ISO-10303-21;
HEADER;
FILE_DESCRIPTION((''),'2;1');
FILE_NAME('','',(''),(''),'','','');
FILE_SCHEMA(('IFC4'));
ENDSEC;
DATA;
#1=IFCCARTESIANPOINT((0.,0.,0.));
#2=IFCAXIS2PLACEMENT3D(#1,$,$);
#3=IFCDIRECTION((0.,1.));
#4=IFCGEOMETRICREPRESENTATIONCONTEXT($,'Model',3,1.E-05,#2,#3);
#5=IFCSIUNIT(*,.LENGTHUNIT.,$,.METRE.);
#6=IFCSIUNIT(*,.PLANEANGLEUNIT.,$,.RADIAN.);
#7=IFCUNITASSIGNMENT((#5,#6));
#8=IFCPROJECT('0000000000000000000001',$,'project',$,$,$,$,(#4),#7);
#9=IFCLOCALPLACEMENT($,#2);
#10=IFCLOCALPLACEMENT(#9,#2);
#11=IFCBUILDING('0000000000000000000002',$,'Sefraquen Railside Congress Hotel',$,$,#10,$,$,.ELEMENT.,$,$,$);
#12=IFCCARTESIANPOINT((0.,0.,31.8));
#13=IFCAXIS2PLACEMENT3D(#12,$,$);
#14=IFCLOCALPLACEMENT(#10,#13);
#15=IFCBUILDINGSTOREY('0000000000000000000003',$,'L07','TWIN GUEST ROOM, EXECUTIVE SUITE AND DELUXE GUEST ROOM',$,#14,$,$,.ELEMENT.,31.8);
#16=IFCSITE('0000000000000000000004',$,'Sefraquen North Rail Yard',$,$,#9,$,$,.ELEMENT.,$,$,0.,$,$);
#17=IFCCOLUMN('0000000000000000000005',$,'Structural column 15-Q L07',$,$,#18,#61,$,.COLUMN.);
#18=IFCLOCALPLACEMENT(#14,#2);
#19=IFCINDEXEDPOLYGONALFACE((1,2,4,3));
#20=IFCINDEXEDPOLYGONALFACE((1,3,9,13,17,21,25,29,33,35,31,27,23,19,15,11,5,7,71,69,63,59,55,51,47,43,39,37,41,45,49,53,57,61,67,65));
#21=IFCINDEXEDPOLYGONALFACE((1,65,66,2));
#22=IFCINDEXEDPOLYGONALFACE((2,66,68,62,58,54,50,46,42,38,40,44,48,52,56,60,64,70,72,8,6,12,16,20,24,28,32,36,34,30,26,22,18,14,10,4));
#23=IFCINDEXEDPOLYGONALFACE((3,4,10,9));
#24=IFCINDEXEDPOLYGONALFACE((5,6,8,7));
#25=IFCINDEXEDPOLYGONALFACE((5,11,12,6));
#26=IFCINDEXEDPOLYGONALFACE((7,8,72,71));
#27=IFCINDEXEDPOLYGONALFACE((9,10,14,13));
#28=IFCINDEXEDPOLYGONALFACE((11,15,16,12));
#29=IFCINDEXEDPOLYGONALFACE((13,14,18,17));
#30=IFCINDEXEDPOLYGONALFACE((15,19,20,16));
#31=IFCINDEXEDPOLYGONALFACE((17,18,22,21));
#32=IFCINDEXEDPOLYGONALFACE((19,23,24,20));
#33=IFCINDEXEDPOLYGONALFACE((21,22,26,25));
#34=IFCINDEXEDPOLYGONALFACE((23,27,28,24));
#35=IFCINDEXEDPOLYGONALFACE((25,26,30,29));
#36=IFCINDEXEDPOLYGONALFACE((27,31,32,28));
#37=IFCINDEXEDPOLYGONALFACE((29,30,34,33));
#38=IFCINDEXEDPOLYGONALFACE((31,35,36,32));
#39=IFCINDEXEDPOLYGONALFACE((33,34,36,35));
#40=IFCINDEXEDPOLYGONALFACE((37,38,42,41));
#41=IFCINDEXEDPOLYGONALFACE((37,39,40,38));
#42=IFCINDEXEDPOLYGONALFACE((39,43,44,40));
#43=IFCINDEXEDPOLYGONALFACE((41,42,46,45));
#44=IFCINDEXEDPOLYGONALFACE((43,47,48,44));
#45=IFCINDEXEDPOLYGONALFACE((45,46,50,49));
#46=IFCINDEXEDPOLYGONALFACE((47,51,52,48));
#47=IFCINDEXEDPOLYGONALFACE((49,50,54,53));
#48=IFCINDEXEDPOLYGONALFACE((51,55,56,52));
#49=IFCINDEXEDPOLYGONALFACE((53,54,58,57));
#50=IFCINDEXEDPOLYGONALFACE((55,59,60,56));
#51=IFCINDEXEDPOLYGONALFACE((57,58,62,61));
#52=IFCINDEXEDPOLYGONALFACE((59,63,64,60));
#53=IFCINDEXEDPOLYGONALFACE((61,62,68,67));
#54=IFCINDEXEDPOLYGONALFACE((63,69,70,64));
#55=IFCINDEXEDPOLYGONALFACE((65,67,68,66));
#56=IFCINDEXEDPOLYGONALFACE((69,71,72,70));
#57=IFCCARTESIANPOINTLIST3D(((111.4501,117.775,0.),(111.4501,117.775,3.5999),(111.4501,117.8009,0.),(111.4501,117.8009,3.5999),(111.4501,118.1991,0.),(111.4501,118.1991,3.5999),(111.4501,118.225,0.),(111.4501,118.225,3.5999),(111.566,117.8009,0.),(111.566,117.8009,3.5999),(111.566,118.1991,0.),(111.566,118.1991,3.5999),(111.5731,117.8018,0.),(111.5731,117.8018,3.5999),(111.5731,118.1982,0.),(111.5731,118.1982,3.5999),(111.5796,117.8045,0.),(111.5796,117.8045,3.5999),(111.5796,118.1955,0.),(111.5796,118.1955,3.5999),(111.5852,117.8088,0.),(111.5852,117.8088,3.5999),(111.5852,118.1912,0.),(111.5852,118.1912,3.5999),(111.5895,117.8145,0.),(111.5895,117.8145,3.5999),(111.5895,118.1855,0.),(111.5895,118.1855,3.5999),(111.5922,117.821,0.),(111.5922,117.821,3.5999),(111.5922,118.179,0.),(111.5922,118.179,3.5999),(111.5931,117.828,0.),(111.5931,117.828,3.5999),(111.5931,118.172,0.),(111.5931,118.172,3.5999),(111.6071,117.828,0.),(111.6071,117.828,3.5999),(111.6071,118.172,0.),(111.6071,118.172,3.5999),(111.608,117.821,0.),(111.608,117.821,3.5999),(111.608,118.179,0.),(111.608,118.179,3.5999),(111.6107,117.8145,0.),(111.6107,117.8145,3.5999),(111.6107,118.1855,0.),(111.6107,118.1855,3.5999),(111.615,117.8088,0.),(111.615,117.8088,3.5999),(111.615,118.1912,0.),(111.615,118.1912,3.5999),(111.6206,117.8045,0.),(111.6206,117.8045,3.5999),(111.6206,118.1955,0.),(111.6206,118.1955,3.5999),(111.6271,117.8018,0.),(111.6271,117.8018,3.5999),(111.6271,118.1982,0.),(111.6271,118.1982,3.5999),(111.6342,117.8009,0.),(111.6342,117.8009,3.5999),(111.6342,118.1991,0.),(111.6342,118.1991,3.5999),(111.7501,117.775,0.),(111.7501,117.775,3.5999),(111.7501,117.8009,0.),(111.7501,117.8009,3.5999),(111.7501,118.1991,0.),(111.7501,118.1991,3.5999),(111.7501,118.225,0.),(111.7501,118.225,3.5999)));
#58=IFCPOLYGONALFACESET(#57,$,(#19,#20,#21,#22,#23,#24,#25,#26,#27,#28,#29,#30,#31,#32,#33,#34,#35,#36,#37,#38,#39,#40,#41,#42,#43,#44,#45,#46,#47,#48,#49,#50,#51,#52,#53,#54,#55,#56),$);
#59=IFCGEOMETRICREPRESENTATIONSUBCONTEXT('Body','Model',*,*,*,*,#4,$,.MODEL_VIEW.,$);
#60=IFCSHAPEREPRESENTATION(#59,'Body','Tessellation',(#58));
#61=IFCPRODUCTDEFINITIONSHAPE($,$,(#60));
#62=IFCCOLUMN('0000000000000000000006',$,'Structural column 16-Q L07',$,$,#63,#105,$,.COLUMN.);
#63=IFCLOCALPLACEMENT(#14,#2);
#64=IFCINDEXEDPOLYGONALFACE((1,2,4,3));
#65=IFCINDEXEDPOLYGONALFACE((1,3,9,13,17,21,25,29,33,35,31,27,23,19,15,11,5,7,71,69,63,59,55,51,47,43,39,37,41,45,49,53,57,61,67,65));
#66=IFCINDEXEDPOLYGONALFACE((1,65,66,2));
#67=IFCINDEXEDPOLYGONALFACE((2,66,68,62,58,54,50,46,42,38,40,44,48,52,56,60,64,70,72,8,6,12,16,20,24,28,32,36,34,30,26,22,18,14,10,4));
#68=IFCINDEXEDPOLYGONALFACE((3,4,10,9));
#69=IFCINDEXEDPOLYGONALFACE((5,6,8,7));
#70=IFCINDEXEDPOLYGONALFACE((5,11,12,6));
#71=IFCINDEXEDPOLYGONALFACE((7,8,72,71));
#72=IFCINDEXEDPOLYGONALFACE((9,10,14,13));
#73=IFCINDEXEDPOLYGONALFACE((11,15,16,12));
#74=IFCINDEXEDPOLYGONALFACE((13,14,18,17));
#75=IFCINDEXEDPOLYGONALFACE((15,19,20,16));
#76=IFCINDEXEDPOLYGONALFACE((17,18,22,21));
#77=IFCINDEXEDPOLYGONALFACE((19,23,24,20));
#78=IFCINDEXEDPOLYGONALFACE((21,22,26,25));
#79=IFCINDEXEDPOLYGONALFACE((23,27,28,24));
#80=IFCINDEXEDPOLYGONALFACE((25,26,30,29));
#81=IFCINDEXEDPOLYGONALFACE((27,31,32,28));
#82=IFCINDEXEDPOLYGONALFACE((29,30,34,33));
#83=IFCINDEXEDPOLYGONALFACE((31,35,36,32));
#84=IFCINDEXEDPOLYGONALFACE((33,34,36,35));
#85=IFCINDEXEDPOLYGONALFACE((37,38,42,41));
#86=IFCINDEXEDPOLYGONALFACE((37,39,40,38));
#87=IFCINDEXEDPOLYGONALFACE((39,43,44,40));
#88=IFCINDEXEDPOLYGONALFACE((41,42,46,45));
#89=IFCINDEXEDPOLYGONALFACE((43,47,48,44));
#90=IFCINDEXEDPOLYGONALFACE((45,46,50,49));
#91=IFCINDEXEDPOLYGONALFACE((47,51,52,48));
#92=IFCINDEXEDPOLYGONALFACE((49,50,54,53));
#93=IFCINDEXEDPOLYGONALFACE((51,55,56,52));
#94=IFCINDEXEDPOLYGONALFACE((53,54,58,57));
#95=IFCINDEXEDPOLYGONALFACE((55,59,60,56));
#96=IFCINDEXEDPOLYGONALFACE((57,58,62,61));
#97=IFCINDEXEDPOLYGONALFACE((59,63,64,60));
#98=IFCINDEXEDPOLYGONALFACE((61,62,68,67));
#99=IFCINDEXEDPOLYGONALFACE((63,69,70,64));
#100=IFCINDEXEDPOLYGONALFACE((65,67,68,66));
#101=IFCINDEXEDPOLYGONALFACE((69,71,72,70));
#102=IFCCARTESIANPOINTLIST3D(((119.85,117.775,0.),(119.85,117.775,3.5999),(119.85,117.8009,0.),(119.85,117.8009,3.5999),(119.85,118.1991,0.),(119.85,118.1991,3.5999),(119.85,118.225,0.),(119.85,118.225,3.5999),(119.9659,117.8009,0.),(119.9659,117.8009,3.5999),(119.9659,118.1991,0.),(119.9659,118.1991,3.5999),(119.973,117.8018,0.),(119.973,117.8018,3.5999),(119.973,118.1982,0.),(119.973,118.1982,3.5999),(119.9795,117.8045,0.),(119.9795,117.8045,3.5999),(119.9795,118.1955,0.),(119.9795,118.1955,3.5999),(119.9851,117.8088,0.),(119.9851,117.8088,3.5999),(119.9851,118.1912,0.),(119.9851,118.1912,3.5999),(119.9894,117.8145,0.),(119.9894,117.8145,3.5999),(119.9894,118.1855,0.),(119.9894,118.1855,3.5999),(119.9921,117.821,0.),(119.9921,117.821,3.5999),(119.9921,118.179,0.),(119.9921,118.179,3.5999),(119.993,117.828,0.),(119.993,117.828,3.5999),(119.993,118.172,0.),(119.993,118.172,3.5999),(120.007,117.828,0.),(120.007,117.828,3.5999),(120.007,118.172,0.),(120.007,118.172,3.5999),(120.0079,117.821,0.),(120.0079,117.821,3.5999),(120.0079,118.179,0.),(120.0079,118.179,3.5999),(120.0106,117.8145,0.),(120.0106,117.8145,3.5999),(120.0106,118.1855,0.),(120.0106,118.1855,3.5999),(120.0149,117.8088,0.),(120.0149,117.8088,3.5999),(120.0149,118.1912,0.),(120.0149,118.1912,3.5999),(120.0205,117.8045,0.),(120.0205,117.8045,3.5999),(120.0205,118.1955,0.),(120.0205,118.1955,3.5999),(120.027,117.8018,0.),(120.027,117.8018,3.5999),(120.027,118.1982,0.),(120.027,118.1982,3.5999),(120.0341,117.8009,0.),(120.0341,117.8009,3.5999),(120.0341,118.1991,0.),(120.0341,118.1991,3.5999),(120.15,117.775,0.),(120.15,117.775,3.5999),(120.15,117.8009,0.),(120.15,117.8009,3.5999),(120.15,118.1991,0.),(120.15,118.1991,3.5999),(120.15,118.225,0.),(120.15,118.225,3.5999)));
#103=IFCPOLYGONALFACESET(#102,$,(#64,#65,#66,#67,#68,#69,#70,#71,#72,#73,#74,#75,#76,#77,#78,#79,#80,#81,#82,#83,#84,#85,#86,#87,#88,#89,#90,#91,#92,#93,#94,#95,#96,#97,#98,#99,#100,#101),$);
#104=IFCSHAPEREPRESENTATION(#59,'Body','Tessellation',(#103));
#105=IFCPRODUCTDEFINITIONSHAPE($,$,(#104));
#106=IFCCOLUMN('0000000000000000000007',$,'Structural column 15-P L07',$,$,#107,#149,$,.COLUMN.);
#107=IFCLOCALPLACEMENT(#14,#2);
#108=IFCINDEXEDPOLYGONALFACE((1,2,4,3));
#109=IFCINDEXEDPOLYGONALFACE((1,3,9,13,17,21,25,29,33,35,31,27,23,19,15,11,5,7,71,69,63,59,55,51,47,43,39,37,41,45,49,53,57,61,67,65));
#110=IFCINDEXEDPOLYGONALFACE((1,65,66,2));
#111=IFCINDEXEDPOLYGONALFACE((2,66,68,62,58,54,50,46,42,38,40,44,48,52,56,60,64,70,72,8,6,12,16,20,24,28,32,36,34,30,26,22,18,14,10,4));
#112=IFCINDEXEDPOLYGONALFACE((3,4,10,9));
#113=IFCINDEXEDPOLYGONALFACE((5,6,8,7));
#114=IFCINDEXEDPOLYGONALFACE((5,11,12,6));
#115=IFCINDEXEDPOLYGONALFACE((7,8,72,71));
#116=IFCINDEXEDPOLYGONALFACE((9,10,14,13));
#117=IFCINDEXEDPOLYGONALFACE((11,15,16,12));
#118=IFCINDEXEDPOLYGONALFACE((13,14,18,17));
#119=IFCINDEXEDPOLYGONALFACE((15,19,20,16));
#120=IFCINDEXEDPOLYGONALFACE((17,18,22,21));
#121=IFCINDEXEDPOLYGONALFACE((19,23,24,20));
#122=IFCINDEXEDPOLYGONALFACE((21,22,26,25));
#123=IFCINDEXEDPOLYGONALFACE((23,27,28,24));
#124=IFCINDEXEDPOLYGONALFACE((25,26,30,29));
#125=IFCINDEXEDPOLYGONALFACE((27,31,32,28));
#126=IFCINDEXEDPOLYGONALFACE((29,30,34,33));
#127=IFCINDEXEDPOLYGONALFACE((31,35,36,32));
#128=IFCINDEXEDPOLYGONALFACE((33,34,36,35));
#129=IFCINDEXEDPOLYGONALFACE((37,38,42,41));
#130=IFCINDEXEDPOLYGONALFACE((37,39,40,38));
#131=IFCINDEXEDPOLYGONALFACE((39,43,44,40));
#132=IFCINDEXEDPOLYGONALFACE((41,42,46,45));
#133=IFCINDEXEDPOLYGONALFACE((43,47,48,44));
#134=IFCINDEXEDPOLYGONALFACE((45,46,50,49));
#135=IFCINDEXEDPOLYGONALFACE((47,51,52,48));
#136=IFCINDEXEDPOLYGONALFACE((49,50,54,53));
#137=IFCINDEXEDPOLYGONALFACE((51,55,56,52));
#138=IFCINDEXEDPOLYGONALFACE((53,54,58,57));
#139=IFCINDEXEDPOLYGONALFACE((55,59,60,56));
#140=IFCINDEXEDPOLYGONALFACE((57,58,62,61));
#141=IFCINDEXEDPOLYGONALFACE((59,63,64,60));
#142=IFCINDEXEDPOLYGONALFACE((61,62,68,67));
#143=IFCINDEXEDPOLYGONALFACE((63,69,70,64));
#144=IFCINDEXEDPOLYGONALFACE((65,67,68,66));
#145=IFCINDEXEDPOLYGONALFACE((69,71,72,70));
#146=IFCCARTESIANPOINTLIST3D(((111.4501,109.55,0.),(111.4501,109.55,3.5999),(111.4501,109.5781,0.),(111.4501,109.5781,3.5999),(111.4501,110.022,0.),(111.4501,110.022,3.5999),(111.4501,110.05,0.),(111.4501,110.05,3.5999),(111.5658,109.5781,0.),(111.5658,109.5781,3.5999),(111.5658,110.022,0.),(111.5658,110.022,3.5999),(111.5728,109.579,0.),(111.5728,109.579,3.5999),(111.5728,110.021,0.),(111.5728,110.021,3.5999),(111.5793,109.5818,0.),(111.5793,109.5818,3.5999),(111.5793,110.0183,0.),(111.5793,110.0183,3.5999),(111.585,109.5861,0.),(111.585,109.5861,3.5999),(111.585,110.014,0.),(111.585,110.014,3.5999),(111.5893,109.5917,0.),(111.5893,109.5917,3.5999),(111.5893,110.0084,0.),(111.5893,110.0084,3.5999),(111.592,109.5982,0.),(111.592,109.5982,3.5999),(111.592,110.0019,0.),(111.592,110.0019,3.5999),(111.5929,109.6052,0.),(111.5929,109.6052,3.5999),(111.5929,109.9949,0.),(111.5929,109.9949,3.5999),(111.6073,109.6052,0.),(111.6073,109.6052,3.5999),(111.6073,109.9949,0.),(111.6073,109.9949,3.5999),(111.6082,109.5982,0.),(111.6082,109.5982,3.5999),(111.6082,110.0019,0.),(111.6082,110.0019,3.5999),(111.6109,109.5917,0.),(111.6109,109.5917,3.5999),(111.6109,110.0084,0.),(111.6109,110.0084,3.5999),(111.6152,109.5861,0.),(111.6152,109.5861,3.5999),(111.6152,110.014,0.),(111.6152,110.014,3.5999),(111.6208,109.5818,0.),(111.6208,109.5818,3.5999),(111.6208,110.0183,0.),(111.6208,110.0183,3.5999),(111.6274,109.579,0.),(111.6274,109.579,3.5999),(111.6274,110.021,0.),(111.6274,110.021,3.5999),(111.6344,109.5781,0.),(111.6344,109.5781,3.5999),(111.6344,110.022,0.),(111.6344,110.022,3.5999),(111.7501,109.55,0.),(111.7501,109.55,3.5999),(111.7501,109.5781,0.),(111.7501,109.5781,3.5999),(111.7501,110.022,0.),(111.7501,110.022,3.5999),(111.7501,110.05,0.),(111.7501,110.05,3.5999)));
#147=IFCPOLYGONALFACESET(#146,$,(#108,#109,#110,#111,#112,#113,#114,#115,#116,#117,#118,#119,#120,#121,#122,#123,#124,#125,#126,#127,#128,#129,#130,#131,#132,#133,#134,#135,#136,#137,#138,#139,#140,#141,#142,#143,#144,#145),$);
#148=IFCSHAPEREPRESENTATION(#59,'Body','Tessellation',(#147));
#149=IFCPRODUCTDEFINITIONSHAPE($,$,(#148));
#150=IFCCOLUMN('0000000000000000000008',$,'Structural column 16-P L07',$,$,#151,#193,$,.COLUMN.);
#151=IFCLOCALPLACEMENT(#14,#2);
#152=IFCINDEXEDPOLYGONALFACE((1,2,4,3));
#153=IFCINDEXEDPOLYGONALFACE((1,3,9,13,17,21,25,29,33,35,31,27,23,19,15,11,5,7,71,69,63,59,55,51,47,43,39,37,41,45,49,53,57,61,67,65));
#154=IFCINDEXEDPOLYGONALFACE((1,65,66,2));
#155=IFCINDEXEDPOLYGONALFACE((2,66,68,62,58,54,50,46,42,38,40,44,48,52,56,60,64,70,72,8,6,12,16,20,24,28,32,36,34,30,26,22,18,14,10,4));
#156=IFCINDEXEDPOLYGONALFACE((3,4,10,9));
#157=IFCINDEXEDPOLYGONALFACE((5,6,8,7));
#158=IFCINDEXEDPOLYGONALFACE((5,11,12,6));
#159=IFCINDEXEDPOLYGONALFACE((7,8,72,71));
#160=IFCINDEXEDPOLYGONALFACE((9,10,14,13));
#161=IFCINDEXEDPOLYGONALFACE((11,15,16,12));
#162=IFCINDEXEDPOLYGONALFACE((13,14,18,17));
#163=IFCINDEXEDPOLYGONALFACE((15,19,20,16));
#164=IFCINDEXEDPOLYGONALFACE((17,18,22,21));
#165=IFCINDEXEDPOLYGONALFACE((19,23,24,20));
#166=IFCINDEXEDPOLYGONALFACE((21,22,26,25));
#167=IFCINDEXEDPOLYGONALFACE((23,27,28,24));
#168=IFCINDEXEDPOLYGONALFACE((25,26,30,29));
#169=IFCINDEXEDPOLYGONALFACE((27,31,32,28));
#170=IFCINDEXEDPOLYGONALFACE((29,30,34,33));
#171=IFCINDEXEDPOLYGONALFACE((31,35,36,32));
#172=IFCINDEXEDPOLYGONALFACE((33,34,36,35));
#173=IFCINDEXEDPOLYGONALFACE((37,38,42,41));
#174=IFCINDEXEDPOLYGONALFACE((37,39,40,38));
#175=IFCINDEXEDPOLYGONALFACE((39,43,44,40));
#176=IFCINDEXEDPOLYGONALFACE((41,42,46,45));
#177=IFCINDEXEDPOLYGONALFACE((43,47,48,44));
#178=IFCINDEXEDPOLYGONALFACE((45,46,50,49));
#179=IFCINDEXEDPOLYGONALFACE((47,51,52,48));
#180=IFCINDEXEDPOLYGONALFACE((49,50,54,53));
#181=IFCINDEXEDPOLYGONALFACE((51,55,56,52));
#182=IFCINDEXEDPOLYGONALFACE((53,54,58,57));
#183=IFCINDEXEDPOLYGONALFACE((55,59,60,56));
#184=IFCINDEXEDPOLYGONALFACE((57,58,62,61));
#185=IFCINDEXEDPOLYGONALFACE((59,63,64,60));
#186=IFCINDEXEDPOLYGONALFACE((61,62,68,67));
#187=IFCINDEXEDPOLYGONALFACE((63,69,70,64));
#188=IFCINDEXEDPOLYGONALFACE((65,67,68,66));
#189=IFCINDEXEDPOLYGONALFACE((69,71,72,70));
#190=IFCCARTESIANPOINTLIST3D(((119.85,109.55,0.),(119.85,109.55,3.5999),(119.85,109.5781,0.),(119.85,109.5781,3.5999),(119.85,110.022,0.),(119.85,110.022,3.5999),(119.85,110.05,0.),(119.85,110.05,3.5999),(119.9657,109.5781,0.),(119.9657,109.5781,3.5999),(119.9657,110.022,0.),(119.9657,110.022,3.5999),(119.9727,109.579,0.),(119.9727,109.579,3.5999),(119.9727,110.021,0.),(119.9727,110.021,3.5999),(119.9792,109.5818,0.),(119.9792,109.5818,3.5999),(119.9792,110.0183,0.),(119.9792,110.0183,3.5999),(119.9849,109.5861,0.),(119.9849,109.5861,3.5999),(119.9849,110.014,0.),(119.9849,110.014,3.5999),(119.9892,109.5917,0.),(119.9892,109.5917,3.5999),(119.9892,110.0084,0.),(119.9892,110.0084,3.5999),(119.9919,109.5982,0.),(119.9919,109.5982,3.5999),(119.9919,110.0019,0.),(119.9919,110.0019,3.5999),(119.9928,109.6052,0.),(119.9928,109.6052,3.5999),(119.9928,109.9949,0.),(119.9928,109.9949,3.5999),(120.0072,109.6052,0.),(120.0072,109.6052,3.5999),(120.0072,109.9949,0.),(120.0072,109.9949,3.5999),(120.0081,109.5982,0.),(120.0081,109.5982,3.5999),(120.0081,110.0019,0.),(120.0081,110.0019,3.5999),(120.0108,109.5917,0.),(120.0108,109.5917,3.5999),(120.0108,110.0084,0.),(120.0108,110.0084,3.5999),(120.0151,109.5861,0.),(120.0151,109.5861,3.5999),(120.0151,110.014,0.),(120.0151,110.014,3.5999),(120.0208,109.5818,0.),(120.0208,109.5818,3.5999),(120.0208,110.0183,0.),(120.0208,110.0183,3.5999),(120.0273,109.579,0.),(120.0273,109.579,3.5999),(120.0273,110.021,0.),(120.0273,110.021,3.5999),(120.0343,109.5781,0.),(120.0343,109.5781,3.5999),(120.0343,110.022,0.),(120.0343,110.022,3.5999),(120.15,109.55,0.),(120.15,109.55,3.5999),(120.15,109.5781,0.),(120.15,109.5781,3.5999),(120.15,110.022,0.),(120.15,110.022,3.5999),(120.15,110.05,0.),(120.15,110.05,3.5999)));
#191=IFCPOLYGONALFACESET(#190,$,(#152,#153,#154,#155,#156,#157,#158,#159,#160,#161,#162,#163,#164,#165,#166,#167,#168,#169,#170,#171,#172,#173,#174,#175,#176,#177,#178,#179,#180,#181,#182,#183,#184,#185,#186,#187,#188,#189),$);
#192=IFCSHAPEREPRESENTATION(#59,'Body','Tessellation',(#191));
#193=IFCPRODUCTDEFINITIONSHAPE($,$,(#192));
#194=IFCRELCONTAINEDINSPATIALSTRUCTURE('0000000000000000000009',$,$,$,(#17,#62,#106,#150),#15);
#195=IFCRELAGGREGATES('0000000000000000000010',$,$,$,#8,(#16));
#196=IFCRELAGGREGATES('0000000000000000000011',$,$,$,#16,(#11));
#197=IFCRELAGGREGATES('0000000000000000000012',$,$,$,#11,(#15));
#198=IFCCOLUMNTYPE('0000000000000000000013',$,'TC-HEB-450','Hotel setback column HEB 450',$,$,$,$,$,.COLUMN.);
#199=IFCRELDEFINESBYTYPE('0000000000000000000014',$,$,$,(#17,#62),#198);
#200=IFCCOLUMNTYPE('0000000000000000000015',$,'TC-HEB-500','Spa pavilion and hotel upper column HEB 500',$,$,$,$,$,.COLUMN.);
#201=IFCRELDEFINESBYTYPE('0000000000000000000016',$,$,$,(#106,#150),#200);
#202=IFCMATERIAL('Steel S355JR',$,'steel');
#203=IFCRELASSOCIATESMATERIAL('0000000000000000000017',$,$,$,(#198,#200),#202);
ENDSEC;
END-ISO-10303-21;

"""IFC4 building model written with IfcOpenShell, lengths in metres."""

from ifc_helpers import new_model, si_unit, direction, frame, origin, origin_2d, place, context, subcontext, project, spatial, i_section, extrude, material, material_profile, profile_set, type_object, element, save


model = new_model("IFC4")

# Units and contexts
model_context = context("Model", 3, precision=1e-05, world=origin(), true_north=direction((0.0, 1.0)))
body_context = subcontext(model_context, "Body", "Model", "MODEL_VIEW")
ifc_project = project(units=[si_unit("LENGTHUNIT", "METRE"), si_unit("PLANEANGLEUNIT", "RADIAN")], contexts=[model_context])

# Site, building, storey
site_placement = place(None, origin())
site = spatial("IfcSite", under=ifc_project, at=site_placement, Name="Sefraquen North Rail Yard", CompositionType="ELEMENT", RefElevation=0.0)
building_placement = place(site_placement, origin())
building = spatial("IfcBuilding", under=site, at=building_placement, Name="Sefraquen Railside Congress Hotel", CompositionType="ELEMENT")
storey_placement = place(building_placement, frame((0.0, 0.0, 31.8)))
storey = spatial("IfcBuildingStorey", under=building, at=storey_placement, Name="L07", Description="TWIN GUEST ROOM, EXECUTIVE SUITE AND DELUXE GUEST ROOM", CompositionType="ELEMENT", Elevation=31.8)

# Columns
ifc_material_1 = material(Name="Steel S355JR", Category="steel")
ifc_material_profile_1 = material_profile(ifc_material_1, i_section(OverallWidth=0.3, OverallDepth=0.45, WebThickness=0.0139, FlangeThickness=0.0259, FilletRadius=0.0271, at=origin_2d()), Name="HEB 450")
ifc_profile_set_1 = profile_set([ifc_material_profile_1], Name="Steel S355JR")
column_type_1 = type_object("IfcColumnType", Name="TC-HEB-450", Description="Hotel setback column HEB 450", PredefinedType="COLUMN", material=ifc_profile_set_1)
for number, where, z_axis, x_axis, name in (
    (1, (111.6001, 118.0, 0.0), (0.0, 0.0, 1.0), (1.0, 0.0, 0.0), "Structural column 15-Q L07"),
    (2, (120.0, 118.0, 0.0), (0.0, 0.0, 1.0), (1.0, 0.0, 0.0), "Structural column 16-Q L07"),
):
    element("IfcColumn", number, at=place(storey_placement, frame(where, z_axis=z_axis, x_axis=x_axis)), inside=storey, type_object=column_type_1, Name=name, PredefinedType="COLUMN", context=body_context, shape_type="SweptSolid", body=[
        extrude(i_section(OverallWidth=0.3, OverallDepth=0.45, WebThickness=0.0139, FlangeThickness=0.0259, FilletRadius=0.0271, at=origin_2d()), origin(), (0.0, 0.0, 1.0), 3.5999),
    ])
ifc_material_profile_2 = material_profile(ifc_material_1, i_section(OverallWidth=0.3, OverallDepth=0.5, WebThickness=0.0144, FlangeThickness=0.0281, FilletRadius=0.0271, at=origin_2d()), Name="HEB 500")
ifc_profile_set_2 = profile_set([ifc_material_profile_2], Name="Steel S355JR")
column_type_2 = type_object("IfcColumnType", Name="TC-HEB-500", Description="Spa pavilion and hotel upper column HEB 500", PredefinedType="COLUMN", material=ifc_profile_set_2)
for number, where, z_axis, x_axis, name in (
    (3, (111.6001, 109.8, 0.0), (0.0, 0.0, 1.0), (1.0, 0.0, 0.0), "Structural column 15-P L07"),
    (4, (120.0, 109.8, 0.0), (0.0, 0.0, 1.0), (1.0, 0.0, 0.0), "Structural column 16-P L07"),
):
    element("IfcColumn", number, at=place(storey_placement, frame(where, z_axis=z_axis, x_axis=x_axis)), inside=storey, type_object=column_type_2, Name=name, PredefinedType="COLUMN", context=body_context, shape_type="SweptSolid", body=[
        extrude(i_section(OverallWidth=0.3, OverallDepth=0.5, WebThickness=0.0144, FlangeThickness=0.0281, FilletRadius=0.0271, at=origin_2d()), origin(), (0.0, 0.0, 1.0), 3.5999),
    ])

save(model, "model.ifc")
